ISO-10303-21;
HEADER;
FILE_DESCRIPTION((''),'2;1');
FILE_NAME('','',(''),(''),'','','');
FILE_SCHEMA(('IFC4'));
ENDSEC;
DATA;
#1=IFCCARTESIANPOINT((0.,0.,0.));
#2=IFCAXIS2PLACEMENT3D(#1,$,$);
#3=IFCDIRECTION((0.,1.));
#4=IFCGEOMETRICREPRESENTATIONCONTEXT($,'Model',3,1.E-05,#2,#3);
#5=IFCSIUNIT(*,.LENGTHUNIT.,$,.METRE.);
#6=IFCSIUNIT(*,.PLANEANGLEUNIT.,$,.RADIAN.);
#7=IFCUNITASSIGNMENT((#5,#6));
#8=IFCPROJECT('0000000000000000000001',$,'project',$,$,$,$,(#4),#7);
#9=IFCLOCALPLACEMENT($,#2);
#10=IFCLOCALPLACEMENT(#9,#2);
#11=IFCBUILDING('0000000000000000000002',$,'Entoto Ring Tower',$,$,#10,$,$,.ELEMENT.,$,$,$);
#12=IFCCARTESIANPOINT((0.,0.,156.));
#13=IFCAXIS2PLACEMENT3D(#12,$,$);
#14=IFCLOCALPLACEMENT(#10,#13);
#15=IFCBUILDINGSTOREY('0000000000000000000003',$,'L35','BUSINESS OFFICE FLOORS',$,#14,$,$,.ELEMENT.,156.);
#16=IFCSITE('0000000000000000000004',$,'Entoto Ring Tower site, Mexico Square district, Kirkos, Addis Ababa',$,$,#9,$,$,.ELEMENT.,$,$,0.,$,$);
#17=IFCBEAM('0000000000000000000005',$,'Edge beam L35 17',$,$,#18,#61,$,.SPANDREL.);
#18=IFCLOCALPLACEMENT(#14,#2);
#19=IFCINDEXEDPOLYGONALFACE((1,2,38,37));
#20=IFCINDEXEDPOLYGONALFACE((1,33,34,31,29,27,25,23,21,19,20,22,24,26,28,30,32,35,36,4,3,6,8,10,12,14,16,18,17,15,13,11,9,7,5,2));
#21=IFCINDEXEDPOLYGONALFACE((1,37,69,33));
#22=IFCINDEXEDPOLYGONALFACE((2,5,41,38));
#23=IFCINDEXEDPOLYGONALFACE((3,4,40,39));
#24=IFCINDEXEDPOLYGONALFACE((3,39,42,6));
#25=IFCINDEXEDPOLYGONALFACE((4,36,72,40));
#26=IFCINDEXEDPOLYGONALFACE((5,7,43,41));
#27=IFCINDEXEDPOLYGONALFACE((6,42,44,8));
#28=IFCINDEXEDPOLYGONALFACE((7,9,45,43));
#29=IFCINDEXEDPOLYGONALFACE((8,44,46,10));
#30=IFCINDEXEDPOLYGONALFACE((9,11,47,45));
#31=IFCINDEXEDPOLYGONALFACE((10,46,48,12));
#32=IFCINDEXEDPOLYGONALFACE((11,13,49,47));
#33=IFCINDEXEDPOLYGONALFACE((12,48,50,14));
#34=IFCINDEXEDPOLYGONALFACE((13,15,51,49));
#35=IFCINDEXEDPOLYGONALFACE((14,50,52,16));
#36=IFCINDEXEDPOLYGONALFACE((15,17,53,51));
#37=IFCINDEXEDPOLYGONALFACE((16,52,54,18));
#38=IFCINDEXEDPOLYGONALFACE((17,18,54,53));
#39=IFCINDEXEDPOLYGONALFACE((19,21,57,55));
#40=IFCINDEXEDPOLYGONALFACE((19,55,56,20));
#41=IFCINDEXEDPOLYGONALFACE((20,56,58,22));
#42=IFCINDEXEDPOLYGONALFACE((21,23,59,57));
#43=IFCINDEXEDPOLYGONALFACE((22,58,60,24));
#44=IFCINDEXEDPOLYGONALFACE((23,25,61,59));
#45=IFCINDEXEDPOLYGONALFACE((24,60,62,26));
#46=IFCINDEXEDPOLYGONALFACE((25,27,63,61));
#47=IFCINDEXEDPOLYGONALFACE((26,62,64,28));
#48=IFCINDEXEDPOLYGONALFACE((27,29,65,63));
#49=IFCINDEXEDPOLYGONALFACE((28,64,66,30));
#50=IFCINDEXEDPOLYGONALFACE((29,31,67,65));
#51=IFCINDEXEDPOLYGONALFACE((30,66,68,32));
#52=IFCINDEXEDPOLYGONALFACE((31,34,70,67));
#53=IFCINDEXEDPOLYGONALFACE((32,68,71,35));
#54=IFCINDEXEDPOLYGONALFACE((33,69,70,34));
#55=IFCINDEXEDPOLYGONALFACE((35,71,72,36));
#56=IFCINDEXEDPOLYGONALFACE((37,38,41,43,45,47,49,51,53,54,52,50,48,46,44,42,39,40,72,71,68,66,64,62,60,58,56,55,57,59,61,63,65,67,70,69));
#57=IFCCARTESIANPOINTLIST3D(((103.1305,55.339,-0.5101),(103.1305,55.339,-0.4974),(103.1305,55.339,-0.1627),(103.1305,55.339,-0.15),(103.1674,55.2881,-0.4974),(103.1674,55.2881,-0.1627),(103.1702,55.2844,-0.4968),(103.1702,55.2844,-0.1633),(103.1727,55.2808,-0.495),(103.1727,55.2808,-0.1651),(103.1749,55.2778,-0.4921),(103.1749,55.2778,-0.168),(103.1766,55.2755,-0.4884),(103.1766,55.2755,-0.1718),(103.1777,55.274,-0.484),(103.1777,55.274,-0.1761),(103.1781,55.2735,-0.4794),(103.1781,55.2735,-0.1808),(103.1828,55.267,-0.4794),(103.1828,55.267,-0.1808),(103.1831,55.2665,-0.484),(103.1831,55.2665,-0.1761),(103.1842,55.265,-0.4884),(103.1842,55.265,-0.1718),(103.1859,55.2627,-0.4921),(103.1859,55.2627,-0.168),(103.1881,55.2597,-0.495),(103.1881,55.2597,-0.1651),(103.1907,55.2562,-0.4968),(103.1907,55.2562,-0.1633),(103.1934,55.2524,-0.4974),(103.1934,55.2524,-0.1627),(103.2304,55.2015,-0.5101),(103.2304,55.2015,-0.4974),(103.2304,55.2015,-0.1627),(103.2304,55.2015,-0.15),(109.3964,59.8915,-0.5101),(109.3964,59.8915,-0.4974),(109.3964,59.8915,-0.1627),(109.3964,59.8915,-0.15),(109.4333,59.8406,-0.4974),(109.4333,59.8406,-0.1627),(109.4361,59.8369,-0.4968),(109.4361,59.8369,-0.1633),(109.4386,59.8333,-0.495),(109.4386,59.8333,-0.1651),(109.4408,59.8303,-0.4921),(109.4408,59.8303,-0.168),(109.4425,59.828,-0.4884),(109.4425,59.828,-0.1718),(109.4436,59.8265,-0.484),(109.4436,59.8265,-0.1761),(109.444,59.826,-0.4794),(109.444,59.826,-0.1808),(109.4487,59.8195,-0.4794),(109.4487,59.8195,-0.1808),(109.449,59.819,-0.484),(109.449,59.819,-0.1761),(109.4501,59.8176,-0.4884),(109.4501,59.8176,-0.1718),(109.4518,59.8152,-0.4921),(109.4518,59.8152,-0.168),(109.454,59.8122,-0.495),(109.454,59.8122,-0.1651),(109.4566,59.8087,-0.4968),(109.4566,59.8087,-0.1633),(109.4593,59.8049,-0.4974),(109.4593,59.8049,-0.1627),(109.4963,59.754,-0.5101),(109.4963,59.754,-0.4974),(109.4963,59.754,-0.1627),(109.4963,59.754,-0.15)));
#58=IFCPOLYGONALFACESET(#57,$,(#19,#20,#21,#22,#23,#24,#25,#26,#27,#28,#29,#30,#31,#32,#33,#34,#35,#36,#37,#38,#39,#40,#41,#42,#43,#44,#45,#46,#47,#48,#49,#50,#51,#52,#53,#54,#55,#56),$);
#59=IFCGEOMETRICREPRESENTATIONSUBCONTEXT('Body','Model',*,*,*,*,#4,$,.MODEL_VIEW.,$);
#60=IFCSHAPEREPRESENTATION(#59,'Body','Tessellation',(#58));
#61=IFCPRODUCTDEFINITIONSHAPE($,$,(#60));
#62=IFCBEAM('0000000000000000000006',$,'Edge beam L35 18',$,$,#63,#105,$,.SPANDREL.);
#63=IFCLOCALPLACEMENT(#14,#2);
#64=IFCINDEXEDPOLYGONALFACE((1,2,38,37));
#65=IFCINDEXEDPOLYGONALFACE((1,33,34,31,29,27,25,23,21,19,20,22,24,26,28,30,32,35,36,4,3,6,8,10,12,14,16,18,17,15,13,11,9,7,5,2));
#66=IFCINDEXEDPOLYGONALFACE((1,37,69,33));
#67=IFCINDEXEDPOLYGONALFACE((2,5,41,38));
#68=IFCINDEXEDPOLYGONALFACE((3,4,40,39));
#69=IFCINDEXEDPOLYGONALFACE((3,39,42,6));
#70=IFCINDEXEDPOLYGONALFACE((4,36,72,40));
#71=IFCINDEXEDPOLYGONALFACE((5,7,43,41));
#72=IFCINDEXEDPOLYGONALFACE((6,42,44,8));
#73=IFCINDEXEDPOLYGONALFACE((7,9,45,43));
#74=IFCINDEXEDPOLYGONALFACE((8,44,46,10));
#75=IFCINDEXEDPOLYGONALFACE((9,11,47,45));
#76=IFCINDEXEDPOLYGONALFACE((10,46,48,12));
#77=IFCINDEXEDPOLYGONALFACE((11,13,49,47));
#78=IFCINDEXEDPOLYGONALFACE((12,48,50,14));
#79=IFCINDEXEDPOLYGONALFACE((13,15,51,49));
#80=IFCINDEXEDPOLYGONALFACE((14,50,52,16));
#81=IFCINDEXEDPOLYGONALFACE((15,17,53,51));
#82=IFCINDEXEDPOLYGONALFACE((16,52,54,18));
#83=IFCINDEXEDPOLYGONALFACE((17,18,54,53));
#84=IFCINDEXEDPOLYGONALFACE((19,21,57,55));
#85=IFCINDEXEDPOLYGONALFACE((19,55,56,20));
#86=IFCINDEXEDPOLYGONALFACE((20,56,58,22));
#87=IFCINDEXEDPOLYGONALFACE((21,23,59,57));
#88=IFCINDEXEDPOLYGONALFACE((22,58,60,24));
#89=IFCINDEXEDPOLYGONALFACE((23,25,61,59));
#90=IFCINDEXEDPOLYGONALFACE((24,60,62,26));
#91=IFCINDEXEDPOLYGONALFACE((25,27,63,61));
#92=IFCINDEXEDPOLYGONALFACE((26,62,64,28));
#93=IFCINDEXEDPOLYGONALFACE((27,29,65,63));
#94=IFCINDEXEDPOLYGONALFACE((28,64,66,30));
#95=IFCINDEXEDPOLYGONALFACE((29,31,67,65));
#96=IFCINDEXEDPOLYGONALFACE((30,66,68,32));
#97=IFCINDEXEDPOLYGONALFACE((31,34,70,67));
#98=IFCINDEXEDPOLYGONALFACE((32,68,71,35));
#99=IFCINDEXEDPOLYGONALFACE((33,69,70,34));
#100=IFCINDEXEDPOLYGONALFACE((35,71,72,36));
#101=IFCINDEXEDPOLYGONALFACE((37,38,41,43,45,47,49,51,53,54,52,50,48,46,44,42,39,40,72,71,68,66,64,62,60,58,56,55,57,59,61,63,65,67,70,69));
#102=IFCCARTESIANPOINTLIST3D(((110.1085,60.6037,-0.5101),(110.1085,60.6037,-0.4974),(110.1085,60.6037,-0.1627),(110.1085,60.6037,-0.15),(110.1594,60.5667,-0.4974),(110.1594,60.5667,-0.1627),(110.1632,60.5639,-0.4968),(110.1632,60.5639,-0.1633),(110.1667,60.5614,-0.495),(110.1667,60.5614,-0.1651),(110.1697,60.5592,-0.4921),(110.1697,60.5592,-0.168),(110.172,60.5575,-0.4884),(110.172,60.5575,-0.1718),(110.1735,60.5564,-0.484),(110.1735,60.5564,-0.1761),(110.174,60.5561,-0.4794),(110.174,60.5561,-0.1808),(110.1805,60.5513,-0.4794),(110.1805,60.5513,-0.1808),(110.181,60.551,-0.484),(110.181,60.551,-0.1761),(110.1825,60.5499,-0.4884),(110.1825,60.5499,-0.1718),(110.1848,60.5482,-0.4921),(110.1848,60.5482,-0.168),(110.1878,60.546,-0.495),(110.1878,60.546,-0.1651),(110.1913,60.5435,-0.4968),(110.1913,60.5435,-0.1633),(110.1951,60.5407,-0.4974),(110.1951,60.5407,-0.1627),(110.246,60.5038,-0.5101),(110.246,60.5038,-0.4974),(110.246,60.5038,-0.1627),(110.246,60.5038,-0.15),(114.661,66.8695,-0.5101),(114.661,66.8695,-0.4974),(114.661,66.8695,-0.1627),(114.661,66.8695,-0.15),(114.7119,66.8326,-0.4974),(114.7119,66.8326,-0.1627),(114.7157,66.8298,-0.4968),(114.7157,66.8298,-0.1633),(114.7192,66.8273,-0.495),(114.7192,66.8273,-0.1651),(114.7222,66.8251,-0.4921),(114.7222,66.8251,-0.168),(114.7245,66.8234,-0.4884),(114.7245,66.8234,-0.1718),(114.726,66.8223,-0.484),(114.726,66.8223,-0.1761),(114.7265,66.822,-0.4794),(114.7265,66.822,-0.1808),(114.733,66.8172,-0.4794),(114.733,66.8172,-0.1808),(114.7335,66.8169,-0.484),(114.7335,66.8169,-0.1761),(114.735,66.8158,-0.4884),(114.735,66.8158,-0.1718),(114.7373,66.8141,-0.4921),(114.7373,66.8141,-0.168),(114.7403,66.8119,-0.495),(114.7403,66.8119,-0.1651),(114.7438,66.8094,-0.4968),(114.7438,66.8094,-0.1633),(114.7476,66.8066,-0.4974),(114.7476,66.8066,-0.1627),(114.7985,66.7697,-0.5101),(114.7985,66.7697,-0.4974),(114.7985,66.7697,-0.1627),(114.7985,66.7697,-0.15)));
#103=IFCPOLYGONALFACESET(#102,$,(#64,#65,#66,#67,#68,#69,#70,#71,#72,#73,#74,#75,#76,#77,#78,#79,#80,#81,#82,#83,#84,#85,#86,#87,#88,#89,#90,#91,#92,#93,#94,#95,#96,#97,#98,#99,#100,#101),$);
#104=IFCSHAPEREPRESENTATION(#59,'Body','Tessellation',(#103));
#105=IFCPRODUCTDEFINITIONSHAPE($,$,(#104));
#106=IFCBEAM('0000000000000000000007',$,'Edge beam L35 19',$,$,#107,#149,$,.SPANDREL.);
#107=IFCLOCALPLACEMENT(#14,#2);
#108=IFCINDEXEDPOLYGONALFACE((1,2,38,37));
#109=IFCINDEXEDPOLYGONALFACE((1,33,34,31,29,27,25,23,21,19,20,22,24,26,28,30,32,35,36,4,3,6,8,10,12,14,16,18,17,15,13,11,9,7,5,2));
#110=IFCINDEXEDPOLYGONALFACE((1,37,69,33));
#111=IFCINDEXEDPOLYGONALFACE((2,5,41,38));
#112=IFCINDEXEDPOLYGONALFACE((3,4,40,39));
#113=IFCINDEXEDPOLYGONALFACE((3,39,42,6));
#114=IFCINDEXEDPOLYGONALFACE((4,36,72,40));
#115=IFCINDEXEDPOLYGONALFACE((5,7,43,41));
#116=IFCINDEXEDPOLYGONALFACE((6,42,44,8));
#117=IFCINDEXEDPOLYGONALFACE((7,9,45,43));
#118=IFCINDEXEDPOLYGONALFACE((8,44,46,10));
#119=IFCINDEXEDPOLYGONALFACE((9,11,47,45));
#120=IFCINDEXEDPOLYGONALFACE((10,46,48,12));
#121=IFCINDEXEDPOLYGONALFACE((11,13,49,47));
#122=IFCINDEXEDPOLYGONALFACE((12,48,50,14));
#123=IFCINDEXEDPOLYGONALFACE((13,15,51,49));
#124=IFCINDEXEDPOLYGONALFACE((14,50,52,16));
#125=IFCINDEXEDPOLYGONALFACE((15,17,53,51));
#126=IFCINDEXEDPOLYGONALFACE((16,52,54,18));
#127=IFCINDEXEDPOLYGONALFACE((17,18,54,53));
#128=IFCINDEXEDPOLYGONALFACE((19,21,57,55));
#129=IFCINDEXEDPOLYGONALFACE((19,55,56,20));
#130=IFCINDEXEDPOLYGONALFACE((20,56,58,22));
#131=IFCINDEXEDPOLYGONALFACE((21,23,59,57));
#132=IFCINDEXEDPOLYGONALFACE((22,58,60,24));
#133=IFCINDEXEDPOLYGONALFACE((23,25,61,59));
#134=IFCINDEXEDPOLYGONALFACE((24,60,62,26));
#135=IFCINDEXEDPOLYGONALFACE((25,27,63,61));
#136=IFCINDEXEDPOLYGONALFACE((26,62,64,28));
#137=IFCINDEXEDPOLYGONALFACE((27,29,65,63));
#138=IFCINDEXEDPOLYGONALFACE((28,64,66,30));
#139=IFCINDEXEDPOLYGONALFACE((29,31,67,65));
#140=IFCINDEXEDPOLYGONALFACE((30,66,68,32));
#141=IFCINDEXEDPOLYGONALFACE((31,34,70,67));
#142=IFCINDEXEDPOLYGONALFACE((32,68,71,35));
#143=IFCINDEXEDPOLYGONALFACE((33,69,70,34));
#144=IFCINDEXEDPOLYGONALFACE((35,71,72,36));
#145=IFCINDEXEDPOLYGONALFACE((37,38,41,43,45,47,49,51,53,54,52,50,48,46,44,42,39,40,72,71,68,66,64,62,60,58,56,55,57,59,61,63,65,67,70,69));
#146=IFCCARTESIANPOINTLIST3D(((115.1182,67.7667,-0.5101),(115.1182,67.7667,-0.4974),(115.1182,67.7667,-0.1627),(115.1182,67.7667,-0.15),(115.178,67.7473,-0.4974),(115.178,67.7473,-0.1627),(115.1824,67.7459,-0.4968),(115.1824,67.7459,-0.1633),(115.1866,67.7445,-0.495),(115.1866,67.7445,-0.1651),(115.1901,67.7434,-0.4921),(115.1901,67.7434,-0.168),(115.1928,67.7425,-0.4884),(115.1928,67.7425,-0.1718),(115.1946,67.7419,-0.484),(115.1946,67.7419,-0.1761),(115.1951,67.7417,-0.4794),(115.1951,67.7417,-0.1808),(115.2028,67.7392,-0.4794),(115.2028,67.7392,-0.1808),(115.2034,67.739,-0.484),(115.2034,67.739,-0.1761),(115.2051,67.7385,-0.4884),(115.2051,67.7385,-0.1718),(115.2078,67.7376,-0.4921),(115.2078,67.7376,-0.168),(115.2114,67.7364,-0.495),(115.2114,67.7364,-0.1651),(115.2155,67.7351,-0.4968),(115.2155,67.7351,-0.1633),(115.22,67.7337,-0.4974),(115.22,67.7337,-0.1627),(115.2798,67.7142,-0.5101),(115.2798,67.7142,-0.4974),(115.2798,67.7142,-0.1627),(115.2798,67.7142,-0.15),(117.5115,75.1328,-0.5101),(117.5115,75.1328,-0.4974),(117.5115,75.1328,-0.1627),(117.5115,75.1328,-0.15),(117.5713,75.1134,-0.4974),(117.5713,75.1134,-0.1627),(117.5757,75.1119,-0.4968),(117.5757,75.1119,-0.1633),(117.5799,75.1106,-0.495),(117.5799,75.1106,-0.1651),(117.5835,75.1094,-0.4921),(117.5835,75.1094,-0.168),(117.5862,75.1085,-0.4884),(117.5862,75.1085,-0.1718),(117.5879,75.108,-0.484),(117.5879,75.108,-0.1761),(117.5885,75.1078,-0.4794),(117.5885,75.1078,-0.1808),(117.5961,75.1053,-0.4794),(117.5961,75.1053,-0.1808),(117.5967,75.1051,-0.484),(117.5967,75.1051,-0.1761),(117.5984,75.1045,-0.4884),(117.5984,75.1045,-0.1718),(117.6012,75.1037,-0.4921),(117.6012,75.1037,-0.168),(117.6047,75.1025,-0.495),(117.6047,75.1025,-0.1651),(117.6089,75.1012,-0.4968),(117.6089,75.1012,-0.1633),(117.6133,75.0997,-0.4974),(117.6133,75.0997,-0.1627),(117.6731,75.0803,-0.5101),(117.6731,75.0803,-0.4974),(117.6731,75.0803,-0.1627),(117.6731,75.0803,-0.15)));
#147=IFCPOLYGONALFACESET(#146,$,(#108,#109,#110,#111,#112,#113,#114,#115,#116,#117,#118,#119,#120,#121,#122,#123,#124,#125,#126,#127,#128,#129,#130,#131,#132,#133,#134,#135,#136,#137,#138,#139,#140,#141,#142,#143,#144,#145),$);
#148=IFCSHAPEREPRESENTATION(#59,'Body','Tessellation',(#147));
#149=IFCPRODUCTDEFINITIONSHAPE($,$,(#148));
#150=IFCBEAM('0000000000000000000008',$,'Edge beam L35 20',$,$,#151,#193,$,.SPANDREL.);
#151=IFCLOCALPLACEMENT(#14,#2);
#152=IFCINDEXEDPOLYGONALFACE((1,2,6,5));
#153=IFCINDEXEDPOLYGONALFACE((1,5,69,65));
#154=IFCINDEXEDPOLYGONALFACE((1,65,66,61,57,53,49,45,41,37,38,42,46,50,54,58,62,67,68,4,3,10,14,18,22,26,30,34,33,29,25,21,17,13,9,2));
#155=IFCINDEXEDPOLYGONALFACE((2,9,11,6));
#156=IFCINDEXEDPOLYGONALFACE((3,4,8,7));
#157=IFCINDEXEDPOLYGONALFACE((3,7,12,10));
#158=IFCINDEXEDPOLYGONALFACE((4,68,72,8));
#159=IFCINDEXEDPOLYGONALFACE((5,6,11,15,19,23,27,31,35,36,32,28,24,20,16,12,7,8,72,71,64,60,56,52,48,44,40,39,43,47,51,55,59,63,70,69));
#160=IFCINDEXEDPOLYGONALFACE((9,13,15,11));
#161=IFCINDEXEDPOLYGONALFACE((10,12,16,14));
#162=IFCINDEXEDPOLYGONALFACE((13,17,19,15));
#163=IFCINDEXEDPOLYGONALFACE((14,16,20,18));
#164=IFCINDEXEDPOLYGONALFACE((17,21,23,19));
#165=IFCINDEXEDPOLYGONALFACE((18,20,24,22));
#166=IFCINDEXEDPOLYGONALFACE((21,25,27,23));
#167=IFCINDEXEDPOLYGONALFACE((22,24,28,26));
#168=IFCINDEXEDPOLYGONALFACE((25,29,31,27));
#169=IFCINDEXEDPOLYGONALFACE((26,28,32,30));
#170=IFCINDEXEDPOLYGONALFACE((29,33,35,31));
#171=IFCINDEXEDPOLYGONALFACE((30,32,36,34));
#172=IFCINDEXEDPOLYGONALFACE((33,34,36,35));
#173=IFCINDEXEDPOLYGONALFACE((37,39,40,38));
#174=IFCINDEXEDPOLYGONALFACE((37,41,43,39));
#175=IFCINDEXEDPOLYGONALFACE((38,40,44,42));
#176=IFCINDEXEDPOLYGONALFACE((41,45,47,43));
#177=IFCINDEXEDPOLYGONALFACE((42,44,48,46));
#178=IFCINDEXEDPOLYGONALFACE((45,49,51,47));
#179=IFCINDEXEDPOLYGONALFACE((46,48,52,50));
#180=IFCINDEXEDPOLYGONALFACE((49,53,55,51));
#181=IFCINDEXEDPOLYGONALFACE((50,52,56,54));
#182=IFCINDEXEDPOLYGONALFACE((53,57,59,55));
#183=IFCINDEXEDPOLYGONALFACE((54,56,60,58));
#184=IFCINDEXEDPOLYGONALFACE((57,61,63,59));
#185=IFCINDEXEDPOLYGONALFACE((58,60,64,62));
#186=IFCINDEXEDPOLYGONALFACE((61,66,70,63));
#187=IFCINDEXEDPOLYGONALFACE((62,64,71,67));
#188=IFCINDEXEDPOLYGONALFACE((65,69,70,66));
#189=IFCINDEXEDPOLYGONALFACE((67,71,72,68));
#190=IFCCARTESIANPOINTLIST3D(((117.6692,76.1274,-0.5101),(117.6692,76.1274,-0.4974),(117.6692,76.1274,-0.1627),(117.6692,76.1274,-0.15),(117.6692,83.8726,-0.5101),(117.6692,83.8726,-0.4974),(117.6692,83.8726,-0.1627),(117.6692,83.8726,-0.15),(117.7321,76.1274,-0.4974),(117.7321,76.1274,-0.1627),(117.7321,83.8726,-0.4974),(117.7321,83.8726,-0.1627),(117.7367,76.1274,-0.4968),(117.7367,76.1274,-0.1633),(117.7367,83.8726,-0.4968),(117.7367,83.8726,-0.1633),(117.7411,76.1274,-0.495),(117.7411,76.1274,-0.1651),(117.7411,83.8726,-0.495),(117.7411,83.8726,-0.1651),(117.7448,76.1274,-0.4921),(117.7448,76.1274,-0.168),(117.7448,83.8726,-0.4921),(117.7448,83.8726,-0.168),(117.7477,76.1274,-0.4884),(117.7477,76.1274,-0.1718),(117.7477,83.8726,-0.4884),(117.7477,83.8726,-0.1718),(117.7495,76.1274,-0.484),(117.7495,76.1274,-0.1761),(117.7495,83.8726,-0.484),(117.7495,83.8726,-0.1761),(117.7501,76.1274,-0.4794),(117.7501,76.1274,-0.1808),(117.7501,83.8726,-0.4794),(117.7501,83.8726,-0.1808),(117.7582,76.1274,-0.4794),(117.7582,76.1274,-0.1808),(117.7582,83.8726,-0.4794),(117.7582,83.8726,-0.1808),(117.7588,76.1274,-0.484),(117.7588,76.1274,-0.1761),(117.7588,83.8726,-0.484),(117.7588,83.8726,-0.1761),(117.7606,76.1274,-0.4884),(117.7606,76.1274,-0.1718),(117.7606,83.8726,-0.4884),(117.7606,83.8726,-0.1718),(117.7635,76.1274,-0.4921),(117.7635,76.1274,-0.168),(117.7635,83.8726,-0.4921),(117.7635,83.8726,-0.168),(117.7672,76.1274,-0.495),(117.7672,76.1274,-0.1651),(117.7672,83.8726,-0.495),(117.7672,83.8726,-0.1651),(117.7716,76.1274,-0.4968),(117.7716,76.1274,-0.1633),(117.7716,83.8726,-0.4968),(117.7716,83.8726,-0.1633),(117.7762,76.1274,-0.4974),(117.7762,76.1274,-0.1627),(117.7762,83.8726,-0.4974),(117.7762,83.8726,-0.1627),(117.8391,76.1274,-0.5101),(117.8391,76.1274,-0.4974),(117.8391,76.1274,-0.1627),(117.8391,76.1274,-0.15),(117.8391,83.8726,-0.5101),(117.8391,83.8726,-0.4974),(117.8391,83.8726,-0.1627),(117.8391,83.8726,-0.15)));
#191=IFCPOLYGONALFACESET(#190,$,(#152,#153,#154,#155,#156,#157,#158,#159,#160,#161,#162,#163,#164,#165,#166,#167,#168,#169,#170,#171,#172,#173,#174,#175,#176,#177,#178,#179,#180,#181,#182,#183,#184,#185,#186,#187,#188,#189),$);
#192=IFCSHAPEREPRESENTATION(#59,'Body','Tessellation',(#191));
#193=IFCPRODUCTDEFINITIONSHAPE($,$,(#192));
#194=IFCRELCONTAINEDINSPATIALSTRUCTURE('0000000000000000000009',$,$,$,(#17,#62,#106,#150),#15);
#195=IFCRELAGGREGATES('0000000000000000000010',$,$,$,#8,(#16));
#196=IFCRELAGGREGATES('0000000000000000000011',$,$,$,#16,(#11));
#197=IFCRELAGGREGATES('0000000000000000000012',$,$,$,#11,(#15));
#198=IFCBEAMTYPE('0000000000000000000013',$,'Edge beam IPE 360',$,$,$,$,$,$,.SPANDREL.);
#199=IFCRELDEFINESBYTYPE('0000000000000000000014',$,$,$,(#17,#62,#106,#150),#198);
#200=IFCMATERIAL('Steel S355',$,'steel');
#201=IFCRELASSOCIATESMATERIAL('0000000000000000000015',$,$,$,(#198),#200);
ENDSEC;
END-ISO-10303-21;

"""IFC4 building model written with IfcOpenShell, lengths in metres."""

from ifc_helpers import new_model, si_unit, direction, frame, origin, origin_2d, place, context, subcontext, project, spatial, i_section, extrude, material, material_profile, profile_set, type_object, element, save


model = new_model("IFC4")

# Units and contexts
model_context = context("Model", 3, precision=1e-05, world=origin(), true_north=direction((0.0, 1.0)))
body_context = subcontext(model_context, "Body", "Model", "MODEL_VIEW")
ifc_project = project(units=[si_unit("LENGTHUNIT", "METRE"), si_unit("PLANEANGLEUNIT", "RADIAN")], contexts=[model_context])

# Site, building, storey
site_placement = place(None, origin())
site = spatial("IfcSite", under=ifc_project, at=site_placement, Name="Entoto Ring Tower site, Mexico Square district, Kirkos, Addis Ababa", CompositionType="ELEMENT", RefElevation=0.0)
building_placement = place(site_placement, origin())
building = spatial("IfcBuilding", under=site, at=building_placement, Name="Entoto Ring Tower", CompositionType="ELEMENT")
storey_placement = place(building_placement, frame((0.0, 0.0, 156.0)))
storey = spatial("IfcBuildingStorey", under=building, at=storey_placement, Name="L35", Description="BUSINESS OFFICE FLOORS", CompositionType="ELEMENT", Elevation=156.0)

# Beams
ifc_material_1 = material(Name="Steel S355", Category="steel")
ifc_material_profile_1 = material_profile(ifc_material_1, i_section(OverallWidth=0.1699, OverallDepth=0.3601, WebThickness=0.0081, FlangeThickness=0.0127, FilletRadius=0.0181, at=origin_2d()), Name="IPE 360")
ifc_profile_set_1 = profile_set([ifc_material_profile_1], Name="Steel S355")
beam_type_1 = type_object("IfcBeamType", Name="Edge beam IPE 360", PredefinedType="SPANDREL", material=ifc_profile_set_1)
for number, where, z_axis, x_axis, name in (
    (1, (103.1804, 55.2703, -0.3301), (0.809013, 0.587791, 0.0), (-0.587791, 0.809013, 0.0), "Edge beam L35 17"),
    (2, (110.1772, 60.5537, -0.3301), (0.587791, 0.809013, 0.0), (-0.809013, 0.587791, 0.0), "Edge beam L35 18"),
    (3, (115.199, 67.7405, -0.3301), (0.309013, 0.951058, 0.0), (-0.951058, 0.309013, 0.0), "Edge beam L35 19"),
    (4, (117.7542, 76.1274, -0.3301), (0.0, 1.0, 0.0), (-1.0, 0.0, 0.0), "Edge beam L35 20"),
):
    element("IfcBeam", number, at=place(storey_placement, frame(where, z_axis=z_axis, x_axis=x_axis)), inside=storey, type_object=beam_type_1, Name=name, PredefinedType="SPANDREL", context=body_context, shape_type="SweptSolid", body=[
        extrude(i_section(OverallWidth=0.1699, OverallDepth=0.3601, WebThickness=0.0081, FlangeThickness=0.0127, FilletRadius=0.0181, at=origin_2d()), origin(), (0.0, 0.0, 1.0), 7.7451),
    ])

save(model, "model.ifc")
